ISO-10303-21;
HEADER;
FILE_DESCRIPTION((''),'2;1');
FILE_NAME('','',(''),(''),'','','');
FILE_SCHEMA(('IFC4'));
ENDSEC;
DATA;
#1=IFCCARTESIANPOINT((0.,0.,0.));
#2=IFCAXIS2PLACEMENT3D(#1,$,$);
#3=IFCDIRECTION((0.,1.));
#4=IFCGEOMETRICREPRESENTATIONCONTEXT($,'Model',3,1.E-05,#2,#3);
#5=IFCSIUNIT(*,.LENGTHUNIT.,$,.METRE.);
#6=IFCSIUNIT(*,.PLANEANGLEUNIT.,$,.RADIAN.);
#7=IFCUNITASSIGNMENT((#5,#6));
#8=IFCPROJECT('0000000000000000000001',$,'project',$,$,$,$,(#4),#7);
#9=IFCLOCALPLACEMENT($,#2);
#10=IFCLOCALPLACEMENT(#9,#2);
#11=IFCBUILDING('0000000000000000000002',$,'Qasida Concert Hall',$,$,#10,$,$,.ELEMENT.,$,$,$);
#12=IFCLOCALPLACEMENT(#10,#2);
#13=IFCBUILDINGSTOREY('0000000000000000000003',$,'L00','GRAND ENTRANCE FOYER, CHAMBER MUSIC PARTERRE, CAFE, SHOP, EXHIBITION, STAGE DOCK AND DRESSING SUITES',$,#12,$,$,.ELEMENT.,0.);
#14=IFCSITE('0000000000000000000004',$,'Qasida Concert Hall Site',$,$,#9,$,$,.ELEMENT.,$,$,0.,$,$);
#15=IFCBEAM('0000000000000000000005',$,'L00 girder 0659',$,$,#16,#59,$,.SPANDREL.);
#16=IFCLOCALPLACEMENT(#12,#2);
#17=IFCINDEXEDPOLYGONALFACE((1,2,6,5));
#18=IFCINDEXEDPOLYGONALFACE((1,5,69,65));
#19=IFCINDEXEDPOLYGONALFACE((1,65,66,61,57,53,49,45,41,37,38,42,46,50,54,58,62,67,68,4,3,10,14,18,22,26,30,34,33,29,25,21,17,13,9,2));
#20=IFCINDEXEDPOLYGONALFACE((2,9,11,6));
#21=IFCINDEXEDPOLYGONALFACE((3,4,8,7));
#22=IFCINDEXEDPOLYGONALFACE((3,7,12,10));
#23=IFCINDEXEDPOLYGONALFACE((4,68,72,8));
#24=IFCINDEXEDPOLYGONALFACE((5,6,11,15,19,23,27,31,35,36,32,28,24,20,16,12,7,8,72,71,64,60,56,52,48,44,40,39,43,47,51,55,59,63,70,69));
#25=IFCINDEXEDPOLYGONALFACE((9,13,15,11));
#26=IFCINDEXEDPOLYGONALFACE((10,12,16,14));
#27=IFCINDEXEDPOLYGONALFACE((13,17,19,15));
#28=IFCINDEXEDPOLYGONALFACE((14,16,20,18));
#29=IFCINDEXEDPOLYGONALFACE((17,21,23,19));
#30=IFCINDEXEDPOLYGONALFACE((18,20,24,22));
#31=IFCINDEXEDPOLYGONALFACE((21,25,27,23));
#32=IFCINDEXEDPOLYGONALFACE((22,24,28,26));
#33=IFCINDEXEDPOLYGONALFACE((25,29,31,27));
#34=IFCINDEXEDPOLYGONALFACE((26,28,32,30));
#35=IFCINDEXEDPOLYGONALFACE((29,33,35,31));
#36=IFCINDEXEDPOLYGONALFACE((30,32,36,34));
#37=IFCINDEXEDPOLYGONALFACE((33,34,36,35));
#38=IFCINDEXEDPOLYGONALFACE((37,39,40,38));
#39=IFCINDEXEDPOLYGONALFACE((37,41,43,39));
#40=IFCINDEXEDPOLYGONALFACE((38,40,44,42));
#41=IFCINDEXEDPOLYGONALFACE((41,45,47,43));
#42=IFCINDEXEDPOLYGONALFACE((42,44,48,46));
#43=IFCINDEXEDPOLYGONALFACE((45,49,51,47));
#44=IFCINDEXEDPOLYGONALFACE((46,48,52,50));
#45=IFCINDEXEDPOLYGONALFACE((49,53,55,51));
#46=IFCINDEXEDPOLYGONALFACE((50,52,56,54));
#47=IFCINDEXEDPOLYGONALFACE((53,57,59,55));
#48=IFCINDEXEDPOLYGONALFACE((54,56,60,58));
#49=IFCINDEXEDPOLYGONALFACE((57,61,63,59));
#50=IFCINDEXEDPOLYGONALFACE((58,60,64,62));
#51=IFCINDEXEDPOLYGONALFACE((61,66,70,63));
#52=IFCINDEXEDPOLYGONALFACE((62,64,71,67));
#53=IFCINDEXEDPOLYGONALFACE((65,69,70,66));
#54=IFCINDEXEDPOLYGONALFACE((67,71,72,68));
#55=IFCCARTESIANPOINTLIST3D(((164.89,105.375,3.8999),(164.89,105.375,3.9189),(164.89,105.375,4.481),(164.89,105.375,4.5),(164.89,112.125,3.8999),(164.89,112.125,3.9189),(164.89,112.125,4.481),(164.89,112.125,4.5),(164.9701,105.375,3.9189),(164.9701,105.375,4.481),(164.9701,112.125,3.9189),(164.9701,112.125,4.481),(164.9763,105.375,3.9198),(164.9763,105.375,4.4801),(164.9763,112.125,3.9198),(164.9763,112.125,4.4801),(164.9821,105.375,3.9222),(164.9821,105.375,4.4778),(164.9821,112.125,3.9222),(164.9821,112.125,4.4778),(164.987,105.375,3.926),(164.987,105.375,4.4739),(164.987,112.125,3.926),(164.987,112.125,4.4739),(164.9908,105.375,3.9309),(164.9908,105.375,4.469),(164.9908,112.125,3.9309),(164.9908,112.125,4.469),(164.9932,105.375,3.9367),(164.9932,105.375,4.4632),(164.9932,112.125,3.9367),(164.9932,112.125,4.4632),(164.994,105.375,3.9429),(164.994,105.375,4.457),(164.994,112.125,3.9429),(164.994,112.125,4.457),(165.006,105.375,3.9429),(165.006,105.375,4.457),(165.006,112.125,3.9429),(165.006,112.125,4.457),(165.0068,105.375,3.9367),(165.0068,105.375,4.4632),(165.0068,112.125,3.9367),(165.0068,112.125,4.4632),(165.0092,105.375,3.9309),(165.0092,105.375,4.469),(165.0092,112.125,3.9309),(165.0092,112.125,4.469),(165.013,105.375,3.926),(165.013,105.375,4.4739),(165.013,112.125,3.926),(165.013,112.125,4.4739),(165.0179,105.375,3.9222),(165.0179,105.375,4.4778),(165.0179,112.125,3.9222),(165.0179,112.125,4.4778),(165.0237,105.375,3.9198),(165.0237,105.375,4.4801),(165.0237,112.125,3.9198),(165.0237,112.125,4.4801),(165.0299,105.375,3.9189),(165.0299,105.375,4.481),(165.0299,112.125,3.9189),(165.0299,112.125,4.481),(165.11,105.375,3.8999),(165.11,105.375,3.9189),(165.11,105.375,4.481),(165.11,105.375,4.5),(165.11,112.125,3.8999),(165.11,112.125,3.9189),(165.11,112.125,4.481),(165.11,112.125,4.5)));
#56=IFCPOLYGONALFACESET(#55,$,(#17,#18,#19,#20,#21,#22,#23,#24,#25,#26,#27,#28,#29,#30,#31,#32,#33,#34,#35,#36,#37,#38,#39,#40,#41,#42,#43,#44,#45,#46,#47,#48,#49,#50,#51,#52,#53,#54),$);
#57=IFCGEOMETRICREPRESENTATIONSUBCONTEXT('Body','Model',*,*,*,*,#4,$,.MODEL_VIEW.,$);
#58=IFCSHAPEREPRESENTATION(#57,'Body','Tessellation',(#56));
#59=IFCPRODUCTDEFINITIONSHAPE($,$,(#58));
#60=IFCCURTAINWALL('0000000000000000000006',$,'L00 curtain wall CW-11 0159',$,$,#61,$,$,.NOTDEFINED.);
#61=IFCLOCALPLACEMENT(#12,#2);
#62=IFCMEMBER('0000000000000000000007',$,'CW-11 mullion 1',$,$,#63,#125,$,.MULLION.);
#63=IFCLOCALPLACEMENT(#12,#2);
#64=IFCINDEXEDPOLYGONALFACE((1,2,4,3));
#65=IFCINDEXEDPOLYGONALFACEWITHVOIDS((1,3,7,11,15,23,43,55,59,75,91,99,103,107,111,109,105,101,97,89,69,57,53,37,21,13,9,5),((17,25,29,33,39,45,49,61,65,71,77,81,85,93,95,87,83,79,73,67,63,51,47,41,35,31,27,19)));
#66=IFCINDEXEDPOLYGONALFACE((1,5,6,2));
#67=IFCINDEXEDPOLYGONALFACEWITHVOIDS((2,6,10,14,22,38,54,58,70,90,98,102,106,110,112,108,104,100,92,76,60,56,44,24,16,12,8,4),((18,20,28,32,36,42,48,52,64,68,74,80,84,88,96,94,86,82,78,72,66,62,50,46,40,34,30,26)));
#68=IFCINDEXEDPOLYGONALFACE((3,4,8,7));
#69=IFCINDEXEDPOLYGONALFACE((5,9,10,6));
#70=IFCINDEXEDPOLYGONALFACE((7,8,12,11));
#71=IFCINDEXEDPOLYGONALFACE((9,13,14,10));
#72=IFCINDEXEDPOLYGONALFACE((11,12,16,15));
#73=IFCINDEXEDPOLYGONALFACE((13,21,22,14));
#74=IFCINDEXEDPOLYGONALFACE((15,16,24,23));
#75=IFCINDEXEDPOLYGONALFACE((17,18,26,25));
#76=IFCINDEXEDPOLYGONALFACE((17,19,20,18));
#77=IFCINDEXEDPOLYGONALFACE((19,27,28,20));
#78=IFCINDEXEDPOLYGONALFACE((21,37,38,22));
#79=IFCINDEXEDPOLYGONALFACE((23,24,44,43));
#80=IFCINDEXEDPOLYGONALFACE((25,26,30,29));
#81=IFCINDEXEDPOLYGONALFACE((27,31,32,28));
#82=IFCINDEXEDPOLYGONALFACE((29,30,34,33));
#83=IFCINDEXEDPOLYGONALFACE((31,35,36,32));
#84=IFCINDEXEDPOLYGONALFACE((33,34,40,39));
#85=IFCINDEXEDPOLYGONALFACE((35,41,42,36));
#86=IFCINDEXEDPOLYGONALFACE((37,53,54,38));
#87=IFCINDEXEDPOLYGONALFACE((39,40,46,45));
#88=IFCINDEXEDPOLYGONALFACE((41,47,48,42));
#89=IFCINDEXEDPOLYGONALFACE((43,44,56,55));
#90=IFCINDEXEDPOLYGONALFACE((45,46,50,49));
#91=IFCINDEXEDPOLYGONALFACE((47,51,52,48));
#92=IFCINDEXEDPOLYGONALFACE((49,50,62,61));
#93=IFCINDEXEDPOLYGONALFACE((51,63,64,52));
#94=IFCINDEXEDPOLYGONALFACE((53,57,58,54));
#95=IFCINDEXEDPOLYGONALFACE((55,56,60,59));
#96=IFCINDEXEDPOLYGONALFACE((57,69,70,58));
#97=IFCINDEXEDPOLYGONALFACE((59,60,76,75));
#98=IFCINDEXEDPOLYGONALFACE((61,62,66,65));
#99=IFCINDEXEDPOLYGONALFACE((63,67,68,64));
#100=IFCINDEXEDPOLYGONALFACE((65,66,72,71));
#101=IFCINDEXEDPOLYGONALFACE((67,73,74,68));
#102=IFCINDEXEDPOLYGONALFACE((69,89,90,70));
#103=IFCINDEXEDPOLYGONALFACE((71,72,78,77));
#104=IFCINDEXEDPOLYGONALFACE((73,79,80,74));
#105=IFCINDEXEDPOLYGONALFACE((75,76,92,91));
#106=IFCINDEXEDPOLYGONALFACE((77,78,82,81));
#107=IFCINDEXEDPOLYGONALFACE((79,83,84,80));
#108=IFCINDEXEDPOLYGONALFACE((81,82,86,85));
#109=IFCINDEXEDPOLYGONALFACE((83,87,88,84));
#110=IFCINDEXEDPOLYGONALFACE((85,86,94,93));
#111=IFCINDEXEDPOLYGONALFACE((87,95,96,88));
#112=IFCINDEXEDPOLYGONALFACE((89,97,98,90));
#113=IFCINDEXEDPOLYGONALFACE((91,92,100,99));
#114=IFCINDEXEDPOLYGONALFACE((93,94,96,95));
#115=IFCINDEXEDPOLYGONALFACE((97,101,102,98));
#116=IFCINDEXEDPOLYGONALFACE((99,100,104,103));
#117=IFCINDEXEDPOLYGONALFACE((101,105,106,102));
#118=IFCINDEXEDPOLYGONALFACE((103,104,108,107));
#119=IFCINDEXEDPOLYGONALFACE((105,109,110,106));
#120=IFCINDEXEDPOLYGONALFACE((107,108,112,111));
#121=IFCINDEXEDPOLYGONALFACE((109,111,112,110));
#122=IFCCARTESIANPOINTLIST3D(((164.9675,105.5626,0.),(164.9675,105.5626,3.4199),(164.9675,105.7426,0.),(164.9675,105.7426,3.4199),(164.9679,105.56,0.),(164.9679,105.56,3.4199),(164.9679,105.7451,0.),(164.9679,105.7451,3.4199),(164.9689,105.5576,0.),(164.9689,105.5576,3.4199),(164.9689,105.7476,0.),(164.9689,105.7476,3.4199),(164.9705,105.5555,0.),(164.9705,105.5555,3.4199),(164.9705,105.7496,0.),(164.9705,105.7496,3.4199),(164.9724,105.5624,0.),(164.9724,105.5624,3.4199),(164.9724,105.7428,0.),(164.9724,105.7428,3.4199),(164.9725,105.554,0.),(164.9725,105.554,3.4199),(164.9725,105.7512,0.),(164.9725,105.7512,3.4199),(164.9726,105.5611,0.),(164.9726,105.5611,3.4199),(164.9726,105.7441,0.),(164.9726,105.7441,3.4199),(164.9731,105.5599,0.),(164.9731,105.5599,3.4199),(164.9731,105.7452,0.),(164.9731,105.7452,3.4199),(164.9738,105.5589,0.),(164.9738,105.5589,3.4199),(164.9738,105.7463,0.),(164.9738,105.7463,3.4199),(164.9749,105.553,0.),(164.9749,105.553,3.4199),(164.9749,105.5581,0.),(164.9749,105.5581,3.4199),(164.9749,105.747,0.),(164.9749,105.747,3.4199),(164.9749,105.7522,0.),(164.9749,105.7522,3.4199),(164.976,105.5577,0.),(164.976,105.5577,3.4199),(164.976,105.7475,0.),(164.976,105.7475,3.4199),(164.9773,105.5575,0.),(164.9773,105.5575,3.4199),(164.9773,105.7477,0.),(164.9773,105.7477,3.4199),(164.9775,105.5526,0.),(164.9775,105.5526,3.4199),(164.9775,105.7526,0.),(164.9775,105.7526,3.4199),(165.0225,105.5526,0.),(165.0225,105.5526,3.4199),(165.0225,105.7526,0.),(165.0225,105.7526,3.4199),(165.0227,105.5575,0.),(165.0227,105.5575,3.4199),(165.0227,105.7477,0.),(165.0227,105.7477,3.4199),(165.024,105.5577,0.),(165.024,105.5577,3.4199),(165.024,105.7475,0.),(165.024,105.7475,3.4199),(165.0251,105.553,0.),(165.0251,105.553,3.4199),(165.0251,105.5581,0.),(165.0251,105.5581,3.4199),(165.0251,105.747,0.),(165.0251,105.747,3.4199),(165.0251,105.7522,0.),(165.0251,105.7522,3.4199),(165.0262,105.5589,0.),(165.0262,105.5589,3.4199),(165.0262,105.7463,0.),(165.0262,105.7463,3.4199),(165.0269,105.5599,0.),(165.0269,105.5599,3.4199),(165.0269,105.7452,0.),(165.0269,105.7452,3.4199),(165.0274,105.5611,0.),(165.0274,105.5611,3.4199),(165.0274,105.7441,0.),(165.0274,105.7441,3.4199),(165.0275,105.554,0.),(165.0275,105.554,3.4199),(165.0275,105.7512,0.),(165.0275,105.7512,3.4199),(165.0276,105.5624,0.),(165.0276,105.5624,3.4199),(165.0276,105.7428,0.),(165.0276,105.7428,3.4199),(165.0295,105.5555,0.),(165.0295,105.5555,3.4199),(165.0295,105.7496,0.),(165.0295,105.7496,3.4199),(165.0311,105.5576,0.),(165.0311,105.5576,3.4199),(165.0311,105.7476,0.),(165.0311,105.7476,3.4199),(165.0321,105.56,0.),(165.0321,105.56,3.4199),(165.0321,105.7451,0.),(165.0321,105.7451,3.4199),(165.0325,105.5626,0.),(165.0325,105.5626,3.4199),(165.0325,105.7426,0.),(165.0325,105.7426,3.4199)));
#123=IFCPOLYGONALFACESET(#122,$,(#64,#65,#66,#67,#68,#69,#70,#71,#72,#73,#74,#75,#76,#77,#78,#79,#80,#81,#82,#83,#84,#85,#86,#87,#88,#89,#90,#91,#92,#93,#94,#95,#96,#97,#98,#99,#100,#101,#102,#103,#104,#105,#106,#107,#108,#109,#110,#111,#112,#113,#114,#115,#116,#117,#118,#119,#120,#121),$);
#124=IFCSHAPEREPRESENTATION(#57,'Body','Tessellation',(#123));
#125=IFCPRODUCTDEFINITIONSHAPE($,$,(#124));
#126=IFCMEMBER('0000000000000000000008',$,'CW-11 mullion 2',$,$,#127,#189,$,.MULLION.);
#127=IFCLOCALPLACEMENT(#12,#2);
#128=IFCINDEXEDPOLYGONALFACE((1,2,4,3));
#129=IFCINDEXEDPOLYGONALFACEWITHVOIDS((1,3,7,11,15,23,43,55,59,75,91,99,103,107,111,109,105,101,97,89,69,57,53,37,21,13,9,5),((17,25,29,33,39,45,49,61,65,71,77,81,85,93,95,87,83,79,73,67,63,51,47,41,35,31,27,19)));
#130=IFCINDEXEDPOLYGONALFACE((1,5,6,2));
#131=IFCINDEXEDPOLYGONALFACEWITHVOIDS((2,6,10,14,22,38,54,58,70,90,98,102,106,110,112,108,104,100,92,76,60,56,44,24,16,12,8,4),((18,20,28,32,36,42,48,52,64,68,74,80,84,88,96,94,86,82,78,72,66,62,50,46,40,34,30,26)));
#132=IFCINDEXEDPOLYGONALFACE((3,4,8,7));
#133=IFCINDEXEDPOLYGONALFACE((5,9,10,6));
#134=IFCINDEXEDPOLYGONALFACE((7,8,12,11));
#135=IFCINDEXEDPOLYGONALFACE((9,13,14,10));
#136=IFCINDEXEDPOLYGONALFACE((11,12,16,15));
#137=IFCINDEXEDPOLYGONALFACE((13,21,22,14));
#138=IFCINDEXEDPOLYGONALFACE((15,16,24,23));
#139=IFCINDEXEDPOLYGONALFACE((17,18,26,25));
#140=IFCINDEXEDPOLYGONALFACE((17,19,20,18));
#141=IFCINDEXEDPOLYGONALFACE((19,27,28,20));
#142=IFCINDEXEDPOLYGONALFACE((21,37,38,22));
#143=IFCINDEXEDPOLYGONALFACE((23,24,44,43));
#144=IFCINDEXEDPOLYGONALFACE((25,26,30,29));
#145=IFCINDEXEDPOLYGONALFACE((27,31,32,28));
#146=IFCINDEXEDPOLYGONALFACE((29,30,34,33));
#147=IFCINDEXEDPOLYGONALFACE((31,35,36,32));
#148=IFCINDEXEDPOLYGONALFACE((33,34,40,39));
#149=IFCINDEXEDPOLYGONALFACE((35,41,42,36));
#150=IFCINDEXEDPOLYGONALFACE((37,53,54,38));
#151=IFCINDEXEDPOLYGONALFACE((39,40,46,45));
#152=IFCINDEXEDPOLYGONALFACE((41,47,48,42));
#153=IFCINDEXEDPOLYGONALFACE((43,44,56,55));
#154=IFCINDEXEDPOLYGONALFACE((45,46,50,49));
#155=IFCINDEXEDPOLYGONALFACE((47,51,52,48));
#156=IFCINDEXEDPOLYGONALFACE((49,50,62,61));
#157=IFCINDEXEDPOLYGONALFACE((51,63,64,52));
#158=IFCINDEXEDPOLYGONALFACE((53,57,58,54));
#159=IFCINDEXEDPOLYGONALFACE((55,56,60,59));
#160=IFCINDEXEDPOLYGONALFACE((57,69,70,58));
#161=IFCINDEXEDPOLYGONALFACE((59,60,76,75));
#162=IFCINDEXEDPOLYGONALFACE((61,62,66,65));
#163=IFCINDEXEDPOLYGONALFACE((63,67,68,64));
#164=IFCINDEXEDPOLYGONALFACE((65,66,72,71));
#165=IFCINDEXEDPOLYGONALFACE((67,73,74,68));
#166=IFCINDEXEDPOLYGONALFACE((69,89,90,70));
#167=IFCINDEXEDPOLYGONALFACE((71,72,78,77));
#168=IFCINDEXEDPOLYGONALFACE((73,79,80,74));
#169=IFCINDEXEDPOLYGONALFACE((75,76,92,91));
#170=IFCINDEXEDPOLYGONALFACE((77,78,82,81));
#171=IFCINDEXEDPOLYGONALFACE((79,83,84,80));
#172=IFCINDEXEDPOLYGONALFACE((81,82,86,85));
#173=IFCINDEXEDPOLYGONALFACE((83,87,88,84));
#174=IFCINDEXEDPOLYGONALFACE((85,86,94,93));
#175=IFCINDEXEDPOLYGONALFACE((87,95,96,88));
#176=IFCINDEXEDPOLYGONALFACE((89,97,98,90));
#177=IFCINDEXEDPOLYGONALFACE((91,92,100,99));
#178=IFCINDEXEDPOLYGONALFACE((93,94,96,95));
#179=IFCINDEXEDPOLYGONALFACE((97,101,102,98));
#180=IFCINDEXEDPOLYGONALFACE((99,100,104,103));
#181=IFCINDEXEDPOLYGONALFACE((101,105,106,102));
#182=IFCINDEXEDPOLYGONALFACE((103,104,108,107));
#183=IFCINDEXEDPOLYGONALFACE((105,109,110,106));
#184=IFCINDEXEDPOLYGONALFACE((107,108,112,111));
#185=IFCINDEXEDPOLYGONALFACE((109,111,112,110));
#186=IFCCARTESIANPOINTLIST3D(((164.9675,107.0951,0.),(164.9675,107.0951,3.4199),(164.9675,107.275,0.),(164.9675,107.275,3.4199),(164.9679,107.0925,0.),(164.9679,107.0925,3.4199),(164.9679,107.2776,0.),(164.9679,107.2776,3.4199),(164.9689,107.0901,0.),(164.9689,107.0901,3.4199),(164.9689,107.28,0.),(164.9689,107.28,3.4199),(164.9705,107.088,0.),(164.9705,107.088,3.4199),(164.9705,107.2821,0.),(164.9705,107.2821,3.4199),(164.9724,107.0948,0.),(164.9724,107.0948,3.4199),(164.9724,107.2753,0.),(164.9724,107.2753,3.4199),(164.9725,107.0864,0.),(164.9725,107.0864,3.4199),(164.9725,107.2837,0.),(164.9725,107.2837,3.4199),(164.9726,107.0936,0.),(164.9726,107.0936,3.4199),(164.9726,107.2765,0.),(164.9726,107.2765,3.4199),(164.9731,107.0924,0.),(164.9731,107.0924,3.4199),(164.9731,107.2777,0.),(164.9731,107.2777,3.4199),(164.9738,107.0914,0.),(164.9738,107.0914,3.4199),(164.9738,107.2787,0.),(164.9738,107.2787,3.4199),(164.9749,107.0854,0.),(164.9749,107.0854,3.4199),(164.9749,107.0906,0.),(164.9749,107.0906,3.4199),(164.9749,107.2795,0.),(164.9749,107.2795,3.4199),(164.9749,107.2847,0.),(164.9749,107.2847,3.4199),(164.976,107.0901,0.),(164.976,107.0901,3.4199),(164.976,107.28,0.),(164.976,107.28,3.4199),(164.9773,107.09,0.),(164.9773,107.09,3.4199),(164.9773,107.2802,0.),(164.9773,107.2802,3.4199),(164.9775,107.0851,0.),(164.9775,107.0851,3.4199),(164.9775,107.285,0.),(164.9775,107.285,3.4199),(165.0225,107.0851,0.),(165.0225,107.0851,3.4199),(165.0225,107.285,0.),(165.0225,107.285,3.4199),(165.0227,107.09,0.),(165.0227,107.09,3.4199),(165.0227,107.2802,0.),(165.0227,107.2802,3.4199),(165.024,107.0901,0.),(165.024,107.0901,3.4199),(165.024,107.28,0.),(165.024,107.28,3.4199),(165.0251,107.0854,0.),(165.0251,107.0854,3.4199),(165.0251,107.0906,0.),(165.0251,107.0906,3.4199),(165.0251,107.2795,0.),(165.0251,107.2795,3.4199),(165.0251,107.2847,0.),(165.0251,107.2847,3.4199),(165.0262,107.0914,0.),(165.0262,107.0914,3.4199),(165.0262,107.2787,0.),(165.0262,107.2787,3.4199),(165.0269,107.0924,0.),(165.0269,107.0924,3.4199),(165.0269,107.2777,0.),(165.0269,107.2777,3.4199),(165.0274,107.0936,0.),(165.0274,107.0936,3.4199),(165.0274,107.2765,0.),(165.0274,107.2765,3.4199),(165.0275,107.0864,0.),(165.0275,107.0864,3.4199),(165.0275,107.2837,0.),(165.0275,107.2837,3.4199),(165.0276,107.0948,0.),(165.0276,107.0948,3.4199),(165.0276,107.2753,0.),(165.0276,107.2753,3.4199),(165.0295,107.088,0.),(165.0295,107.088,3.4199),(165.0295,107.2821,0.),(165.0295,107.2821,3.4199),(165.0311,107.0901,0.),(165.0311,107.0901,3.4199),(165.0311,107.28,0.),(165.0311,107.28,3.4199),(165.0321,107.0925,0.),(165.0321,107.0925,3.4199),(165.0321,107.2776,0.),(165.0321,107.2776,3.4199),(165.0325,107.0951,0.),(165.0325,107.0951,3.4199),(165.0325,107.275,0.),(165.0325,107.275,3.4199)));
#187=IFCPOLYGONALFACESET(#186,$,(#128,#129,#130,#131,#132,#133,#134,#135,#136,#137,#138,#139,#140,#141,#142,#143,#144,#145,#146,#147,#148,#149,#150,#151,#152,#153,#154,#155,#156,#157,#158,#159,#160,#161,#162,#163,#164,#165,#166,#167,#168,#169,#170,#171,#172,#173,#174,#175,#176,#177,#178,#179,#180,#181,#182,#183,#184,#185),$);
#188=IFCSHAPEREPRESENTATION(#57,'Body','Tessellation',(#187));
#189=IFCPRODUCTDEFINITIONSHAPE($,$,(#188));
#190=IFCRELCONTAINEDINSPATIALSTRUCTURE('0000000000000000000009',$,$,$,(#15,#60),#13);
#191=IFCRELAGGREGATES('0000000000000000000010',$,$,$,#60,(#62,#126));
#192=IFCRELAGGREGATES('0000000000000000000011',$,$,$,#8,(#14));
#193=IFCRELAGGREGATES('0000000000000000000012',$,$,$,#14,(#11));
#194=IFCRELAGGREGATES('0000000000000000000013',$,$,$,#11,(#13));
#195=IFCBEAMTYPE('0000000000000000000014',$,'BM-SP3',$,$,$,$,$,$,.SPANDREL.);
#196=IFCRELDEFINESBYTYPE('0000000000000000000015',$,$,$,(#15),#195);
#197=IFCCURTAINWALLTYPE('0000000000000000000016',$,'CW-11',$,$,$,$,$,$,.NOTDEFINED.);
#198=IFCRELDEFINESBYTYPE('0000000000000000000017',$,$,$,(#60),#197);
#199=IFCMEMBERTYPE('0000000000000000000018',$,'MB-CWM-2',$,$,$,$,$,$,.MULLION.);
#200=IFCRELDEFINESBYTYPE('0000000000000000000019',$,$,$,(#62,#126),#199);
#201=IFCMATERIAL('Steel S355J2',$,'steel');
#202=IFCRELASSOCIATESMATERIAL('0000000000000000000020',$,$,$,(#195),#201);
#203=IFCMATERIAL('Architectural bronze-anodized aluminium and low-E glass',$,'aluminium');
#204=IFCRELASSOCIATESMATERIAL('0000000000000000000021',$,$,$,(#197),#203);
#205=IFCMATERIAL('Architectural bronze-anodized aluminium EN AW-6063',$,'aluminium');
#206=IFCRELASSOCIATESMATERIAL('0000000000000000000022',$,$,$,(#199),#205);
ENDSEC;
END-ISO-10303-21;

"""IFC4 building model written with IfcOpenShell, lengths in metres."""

from ifc_helpers import new_model, si_unit, direction, frame, origin, origin_2d, place, context, subcontext, project, spatial, hollow_rectangle, i_section, extrude, material, material_profile, profile_set, type_object, element, aggregate, save


model = new_model("IFC4")

# Units and contexts
model_context = context("Model", 3, precision=1e-05, world=origin(), true_north=direction((0.0, 1.0)))
body_context = subcontext(model_context, "Body", "Model", "MODEL_VIEW")
ifc_project = project(units=[si_unit("LENGTHUNIT", "METRE"), si_unit("PLANEANGLEUNIT", "RADIAN")], contexts=[model_context])

# Site, building, storey
site_placement = place(None, origin())
site = spatial("IfcSite", under=ifc_project, at=site_placement, Name="Qasida Concert Hall Site", CompositionType="ELEMENT", RefElevation=0.0)
building_placement = place(site_placement, origin())
building = spatial("IfcBuilding", under=site, at=building_placement, Name="Qasida Concert Hall", CompositionType="ELEMENT")
storey_placement = place(building_placement, origin())
storey = spatial("IfcBuildingStorey", under=building, at=storey_placement, Name="L00", Description="GRAND ENTRANCE FOYER, CHAMBER MUSIC PARTERRE, CAFE, SHOP, EXHIBITION, STAGE DOCK AND DRESSING SUITES", CompositionType="ELEMENT", Elevation=0.0)

# Beam
ifc_material_1 = material(Name="Steel S355J2", Category="steel")
ifc_material_profile_1 = material_profile(ifc_material_1, i_section(OverallWidth=0.22, OverallDepth=0.6001, WebThickness=0.012, FlangeThickness=0.019, FilletRadius=0.0239, at=origin_2d()), Name="IPE 600")
ifc_profile_set_1 = profile_set([ifc_material_profile_1], Name="Steel S355J2")
beam_type_1 = type_object("IfcBeamType", Name="BM-SP3", PredefinedType="SPANDREL", material=ifc_profile_set_1)
beam_1_placement = place(storey_placement, frame((165.0, 105.375, 4.2), z_axis=(0.0, 1.0, 0.0), x_axis=(-1.0, 0.0, 0.0)))
element("IfcBeam", 1, at=beam_1_placement, inside=storey, type_object=beam_type_1, Name="L00 girder 0659", PredefinedType="SPANDREL", context=body_context, shape_type="SweptSolid", body=[
    extrude(i_section(OverallWidth=0.22, OverallDepth=0.6001, WebThickness=0.012, FlangeThickness=0.019, FilletRadius=0.0239, at=origin_2d()), origin(), (0.0, 0.0, 1.0), 6.75),
])

# Curtain wall, members
ifc_material_2 = material(Name="Architectural bronze-anodized aluminium and low-E glass", Category="aluminium")
curtain_wall_type = type_object("IfcCurtainWallType", Name="CW-11", PredefinedType="NOTDEFINED", material=ifc_material_2)
curtain_wall_placement = place(storey_placement, origin())
curtain_wall = element("IfcCurtainWall", 2, at=curtain_wall_placement, inside=storey, type_object=curtain_wall_type, Name="L00 curtain wall CW-11 0159", PredefinedType="NOTDEFINED")
ifc_material_3 = material(Name="Architectural bronze-anodized aluminium EN AW-6063", Category="aluminium")
ifc_material_profile_2 = material_profile(ifc_material_3, hollow_rectangle(XDim=0.0649, YDim=0.2, WallThickness=0.0049, InnerFilletRadius=0.0049, OuterFilletRadius=0.01, at=origin_2d()), Name="CWM 200x65x5")
ifc_profile_set_2 = profile_set([ifc_material_profile_2], Name="Architectural bronze-anodized aluminium EN AW-6063")
member_type_1 = type_object("IfcMemberType", Name="MB-CWM-2", PredefinedType="MULLION", material=ifc_profile_set_2)
member_1_placement = place(storey_placement, frame((165.0, 105.6526, 0.0), z_axis=(0.0, 0.0, 1.0), x_axis=(-1.0, 0.0, 0.0)))
member_1 = element("IfcMember", 3, at=member_1_placement, type_object=member_type_1, Name="CW-11 mullion 1", PredefinedType="MULLION", context=body_context, shape_type="SweptSolid", body=[
    extrude(hollow_rectangle(XDim=0.0649, YDim=0.2, WallThickness=0.0049, InnerFilletRadius=0.0049, OuterFilletRadius=0.01, at=origin_2d()), origin(), (0.0, 0.0, 1.0), 3.4199),
])
member_2_placement = place(storey_placement, frame((165.0, 107.1851, 0.0), z_axis=(0.0, 0.0, 1.0), x_axis=(-1.0, 0.0, 0.0)))
member_2 = element("IfcMember", 4, at=member_2_placement, type_object=member_type_1, Name="CW-11 mullion 2", PredefinedType="MULLION", context=body_context, shape_type="SweptSolid", body=[
    extrude(hollow_rectangle(XDim=0.0649, YDim=0.2, WallThickness=0.0049, InnerFilletRadius=0.0049, OuterFilletRadius=0.01, at=origin_2d()), origin(), (0.0, 0.0, 1.0), 3.4199),
])
aggregate(curtain_wall, [member_1, member_2])

save(model, "model.ifc")
